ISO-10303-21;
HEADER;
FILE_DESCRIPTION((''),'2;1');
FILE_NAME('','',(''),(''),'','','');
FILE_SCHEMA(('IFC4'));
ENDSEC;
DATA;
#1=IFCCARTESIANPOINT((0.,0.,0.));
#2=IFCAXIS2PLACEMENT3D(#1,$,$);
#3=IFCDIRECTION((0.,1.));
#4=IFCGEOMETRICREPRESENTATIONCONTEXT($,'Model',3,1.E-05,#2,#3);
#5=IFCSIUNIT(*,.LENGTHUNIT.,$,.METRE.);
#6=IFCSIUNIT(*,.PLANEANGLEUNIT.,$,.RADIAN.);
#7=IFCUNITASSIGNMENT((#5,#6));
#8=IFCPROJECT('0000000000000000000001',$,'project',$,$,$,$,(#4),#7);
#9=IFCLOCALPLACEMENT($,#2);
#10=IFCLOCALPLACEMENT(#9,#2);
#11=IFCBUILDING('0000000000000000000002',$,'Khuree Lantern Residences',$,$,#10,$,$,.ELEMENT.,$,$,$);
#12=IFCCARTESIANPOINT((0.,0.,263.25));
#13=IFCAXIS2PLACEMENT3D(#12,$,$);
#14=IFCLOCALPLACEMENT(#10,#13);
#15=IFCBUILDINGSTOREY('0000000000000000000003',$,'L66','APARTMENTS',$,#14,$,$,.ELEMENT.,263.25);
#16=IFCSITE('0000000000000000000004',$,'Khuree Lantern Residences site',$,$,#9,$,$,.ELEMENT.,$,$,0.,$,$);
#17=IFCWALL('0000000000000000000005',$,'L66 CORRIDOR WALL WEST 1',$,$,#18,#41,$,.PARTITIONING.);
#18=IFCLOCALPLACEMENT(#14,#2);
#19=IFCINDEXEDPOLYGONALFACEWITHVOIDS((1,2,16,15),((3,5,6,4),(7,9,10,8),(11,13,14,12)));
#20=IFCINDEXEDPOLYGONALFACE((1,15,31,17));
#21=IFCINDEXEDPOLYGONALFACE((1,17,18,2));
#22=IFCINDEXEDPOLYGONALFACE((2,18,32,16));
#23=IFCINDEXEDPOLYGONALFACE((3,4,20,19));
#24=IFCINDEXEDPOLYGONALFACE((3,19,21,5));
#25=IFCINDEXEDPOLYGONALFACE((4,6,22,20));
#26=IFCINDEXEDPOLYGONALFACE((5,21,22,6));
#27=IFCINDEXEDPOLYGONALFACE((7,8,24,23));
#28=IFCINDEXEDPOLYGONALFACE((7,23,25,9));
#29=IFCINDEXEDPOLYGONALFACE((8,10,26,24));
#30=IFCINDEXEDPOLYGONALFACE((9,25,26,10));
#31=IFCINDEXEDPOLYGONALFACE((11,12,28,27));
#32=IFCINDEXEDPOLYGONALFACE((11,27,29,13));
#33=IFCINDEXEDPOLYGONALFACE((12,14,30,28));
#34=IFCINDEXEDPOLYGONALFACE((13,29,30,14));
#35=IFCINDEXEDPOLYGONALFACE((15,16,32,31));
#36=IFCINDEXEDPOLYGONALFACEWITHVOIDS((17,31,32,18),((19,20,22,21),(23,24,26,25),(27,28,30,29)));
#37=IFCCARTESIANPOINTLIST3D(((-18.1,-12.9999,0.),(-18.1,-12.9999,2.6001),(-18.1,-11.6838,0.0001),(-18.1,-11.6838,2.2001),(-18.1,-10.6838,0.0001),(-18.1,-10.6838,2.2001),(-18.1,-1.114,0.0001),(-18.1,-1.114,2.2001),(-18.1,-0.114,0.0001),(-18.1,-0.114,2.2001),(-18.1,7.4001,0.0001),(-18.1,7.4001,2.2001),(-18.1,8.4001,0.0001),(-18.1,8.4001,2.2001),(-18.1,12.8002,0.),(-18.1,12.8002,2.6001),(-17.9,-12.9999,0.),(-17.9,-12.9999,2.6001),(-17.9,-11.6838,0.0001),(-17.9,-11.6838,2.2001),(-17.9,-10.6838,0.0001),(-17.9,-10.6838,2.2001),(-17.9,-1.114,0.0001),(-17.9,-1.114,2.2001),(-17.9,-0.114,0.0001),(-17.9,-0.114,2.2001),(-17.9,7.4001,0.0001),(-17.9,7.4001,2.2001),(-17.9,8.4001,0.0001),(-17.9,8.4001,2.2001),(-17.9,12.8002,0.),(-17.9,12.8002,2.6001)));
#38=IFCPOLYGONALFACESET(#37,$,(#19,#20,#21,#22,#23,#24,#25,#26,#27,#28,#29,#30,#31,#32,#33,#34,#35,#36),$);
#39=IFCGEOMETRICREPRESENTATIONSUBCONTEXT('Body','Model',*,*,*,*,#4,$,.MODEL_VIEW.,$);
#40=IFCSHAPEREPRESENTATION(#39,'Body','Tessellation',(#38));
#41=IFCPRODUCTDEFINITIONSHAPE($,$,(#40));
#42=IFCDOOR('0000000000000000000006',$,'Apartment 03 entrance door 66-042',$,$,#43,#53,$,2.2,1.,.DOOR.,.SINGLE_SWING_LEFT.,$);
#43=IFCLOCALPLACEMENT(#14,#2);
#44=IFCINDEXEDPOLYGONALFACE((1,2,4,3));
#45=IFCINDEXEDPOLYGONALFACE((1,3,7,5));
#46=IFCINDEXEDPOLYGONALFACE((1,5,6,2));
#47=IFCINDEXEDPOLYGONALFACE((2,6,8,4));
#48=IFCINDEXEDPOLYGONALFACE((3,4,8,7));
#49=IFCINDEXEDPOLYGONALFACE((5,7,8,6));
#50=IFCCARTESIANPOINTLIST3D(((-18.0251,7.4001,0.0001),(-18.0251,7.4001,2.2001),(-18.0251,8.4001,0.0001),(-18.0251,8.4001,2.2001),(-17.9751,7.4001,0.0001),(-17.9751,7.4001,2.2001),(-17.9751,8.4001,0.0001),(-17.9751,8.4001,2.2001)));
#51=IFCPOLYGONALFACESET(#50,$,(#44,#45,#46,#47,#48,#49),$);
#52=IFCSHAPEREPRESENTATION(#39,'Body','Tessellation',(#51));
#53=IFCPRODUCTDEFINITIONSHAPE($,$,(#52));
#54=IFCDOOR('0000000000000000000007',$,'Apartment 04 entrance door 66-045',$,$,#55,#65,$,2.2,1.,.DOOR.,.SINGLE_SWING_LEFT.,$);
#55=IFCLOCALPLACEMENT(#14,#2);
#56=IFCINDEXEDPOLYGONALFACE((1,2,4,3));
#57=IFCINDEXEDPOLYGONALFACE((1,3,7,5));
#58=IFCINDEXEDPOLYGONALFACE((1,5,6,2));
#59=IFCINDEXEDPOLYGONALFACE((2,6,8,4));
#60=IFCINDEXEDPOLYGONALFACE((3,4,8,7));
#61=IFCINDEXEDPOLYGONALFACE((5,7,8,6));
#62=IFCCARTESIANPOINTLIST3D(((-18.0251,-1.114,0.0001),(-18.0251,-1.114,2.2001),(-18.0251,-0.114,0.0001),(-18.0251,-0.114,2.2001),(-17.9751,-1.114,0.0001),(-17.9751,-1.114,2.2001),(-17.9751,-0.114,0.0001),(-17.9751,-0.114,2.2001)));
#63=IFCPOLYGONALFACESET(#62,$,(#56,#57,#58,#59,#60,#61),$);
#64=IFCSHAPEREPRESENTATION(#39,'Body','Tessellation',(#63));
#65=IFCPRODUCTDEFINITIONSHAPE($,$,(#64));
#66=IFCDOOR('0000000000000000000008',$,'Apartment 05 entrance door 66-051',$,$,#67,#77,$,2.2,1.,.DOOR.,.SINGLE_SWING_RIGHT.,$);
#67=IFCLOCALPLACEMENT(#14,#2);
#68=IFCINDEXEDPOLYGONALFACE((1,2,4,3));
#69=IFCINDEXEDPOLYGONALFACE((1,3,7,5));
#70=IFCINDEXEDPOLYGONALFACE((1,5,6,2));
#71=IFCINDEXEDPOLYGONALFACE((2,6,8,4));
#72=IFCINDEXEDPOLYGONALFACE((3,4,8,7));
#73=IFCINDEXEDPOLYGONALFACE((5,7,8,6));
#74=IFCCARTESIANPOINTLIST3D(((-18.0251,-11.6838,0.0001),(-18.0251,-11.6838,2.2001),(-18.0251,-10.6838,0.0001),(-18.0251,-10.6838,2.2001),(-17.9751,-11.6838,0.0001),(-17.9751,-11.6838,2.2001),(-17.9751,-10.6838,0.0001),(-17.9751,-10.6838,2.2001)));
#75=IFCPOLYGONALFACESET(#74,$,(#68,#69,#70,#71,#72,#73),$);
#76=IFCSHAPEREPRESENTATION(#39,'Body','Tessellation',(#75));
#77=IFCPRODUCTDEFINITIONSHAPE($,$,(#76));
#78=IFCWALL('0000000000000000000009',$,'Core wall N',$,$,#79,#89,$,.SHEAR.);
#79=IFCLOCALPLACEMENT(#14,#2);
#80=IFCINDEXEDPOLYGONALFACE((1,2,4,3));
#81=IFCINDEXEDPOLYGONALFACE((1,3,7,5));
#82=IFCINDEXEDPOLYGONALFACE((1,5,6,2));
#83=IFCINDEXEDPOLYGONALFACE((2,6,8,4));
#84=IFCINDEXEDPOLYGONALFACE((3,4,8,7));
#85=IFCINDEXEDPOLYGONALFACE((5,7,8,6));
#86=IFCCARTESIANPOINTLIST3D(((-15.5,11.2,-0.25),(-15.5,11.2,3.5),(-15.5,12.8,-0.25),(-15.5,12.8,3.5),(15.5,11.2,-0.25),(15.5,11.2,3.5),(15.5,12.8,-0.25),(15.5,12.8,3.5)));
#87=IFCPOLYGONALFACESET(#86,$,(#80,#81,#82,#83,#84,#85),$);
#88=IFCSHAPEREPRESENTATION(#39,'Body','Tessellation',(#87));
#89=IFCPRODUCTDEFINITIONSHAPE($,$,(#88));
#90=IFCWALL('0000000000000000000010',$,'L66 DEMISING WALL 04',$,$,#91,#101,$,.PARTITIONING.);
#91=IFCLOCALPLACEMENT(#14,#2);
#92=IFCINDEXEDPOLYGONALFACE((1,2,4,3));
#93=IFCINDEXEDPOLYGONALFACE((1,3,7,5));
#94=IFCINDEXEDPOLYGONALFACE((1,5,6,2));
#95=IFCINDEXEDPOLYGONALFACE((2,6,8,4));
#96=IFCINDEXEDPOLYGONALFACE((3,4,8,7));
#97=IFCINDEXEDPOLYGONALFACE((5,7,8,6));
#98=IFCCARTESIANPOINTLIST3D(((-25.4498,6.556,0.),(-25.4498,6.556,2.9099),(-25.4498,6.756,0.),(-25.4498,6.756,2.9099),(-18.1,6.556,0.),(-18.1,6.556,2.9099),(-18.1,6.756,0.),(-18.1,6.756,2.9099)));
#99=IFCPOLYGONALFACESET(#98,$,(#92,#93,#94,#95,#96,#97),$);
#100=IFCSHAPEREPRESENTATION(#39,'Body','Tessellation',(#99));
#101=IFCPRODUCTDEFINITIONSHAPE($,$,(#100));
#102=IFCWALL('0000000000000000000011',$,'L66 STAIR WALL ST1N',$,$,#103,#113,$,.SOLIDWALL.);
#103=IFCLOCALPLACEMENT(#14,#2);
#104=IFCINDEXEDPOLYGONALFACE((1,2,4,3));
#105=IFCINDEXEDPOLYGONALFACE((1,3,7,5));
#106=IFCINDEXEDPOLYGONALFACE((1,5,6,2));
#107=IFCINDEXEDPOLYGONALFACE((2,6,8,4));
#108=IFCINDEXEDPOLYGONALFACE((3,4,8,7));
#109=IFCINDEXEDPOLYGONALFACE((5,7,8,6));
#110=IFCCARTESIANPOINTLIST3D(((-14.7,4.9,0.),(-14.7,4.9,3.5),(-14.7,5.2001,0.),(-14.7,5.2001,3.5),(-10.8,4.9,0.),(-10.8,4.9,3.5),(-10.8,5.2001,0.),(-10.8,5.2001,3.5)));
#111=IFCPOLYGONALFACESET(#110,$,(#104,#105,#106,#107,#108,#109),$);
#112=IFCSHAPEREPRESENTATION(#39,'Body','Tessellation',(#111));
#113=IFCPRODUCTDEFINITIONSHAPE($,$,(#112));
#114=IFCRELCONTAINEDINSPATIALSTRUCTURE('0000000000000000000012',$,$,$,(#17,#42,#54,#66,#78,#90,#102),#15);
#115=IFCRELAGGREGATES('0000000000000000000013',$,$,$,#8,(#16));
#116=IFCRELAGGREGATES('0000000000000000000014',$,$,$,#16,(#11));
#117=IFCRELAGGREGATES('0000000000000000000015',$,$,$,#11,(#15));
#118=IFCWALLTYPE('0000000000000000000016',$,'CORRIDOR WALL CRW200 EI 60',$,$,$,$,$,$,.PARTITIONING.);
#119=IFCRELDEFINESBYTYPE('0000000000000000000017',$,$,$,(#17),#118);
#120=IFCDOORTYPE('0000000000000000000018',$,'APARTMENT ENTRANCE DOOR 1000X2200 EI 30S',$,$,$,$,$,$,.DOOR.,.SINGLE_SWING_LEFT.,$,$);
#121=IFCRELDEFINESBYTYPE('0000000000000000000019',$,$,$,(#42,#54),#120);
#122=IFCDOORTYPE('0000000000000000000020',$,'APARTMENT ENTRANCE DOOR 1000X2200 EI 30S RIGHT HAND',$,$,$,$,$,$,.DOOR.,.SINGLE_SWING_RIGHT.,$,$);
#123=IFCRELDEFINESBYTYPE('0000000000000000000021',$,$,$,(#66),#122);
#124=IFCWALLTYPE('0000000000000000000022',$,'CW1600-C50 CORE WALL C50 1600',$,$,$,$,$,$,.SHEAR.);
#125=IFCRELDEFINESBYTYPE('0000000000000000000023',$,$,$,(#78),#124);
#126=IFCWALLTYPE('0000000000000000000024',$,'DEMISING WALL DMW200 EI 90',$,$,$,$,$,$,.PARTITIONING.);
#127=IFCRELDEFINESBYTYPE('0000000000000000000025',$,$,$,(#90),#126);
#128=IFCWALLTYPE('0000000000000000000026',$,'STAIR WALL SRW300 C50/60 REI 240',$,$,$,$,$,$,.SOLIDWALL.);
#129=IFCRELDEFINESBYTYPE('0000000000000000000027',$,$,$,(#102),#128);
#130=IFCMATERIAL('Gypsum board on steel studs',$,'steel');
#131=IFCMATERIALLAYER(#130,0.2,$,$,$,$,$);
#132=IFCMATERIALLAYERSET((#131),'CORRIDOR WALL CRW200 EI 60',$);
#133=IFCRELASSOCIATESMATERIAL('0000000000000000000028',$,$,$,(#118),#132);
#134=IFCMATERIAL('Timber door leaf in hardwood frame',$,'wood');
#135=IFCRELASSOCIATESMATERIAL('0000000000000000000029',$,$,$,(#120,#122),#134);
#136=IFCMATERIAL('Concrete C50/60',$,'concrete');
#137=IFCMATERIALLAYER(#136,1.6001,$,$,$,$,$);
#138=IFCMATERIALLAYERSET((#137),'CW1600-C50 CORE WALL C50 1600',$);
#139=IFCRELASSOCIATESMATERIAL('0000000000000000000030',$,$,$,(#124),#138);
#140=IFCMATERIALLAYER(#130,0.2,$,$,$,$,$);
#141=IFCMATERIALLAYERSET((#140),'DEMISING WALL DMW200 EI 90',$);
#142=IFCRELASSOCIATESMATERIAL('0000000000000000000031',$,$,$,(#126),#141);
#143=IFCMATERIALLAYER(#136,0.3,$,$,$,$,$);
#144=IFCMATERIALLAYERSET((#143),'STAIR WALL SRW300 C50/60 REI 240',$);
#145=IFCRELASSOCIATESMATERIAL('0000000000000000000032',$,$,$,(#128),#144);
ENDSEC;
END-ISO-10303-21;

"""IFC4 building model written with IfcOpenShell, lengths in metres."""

from ifc_helpers import new_model, si_unit, direction, frame, frame_2d, origin, place, context, subcontext, project, spatial, rectangle, extrude, material, layer, layer_set, type_object, element, fill, save


model = new_model("IFC4")

# Units and contexts
model_context = context("Model", 3, precision=1e-05, world=origin(), true_north=direction((0.0, 1.0)))
body_context = subcontext(model_context, "Body", "Model", "MODEL_VIEW")
ifc_project = project(units=[si_unit("LENGTHUNIT", "METRE"), si_unit("PLANEANGLEUNIT", "RADIAN")], contexts=[model_context])

# Site, building, storey
site_placement = place(None, origin())
site = spatial("IfcSite", under=ifc_project, at=site_placement, Name="Khuree Lantern Residences site", CompositionType="ELEMENT", RefElevation=0.0)
building_placement = place(site_placement, origin())
building = spatial("IfcBuilding", under=site, at=building_placement, Name="Khuree Lantern Residences", CompositionType="ELEMENT")
storey_placement = place(building_placement, frame((0.0, 0.0, 263.25)))
storey = spatial("IfcBuildingStorey", under=building, at=storey_placement, Name="L66", Description="APARTMENTS", CompositionType="ELEMENT", Elevation=263.25)

# Shared definitions
ifc_material_1 = material(Name="Concrete C50/60", Category="concrete")

# Shared definitions
ifc_material_2 = material(Name="Timber door leaf in hardwood frame", Category="wood")

# Shared definitions
ifc_material_3 = material(Name="Gypsum board on steel studs", Category="steel")
ifc_layer_1 = layer(ifc_material_3, 0.2)
ifc_layer_set_1 = layer_set([ifc_layer_1], Name="CORRIDOR WALL CRW200 EI 60")
wall_type_1 = type_object("IfcWallType", Name="CORRIDOR WALL CRW200 EI 60", PredefinedType="PARTITIONING", material=ifc_layer_set_1)

# Wall, openings, doors
wall_1_placement = place(storey_placement, frame((-18.0, 12.8, 0.0), z_axis=(0.0, 0.0, 1.0), x_axis=(0.0, -1.0, 0.0)))
wall_1 = element("IfcWall", 1, at=wall_1_placement, inside=storey, type_object=wall_type_1, Name="L66 CORRIDOR WALL WEST 1", PredefinedType="PARTITIONING", context=body_context, shape_type="SweptSolid", body=[
    extrude(rectangle(XDim=25.8, YDim=0.2, at=frame_2d((12.8999, 0.0))), origin(), (0.0, 0.0, 1.0), 2.6001),
])
opening_1_placement = place(wall_1_placement, frame((4.3999, 0.0, 0.0)))
opening_1 = element("IfcOpeningElement", 2, at=opening_1_placement, cuts=wall_1, PredefinedType="OPENING", context=body_context, shape_type="SweptSolid", body=[
    extrude(rectangle(XDim=1.0, YDim=2.2, at=frame_2d((0.5, 1.1001))), frame((0.0, 0.1099, 0.0), z_axis=(0.0, -1.0, 0.0), x_axis=(1.0, 0.0, 0.0)), (0.0, 0.0, 1.0), 0.22),
])
opening_2_placement = place(wall_1_placement, frame((12.9141, 0.0, 0.0)))
opening_2 = element("IfcOpeningElement", 3, at=opening_2_placement, cuts=wall_1, PredefinedType="OPENING", context=body_context, shape_type="SweptSolid", body=[
    extrude(rectangle(XDim=1.0, YDim=2.2, at=frame_2d((0.5, 1.1001))), frame((0.0, 0.1099, 0.0), z_axis=(0.0, -1.0, 0.0), x_axis=(1.0, 0.0, 0.0)), (0.0, 0.0, 1.0), 0.22),
])
opening_3_placement = place(wall_1_placement, frame((23.4839, 0.0, 0.0)))
opening_3 = element("IfcOpeningElement", 4, at=opening_3_placement, cuts=wall_1, PredefinedType="OPENING", context=body_context, shape_type="SweptSolid", body=[
    extrude(rectangle(XDim=1.0, YDim=2.2, at=frame_2d((0.5, 1.1001))), frame((0.0, 0.1099, 0.0), z_axis=(0.0, -1.0, 0.0), x_axis=(1.0, 0.0, 0.0)), (0.0, 0.0, 1.0), 0.22),
])
door_type_1 = type_object("IfcDoorType", Name="APARTMENT ENTRANCE DOOR 1000X2200 EI 30S", OperationType="SINGLE_SWING_LEFT", PredefinedType="DOOR", material=ifc_material_2)
door_1_placement = place(opening_1_placement, origin())
door_1 = element("IfcDoor", 5, at=door_1_placement, inside=storey, type_object=door_type_1, Name="Apartment 03 entrance door 66-042", OperationType="SINGLE_SWING_LEFT", OverallHeight=2.2, OverallWidth=1.0, PredefinedType="DOOR", context=body_context, shape_type="SweptSolid", body=[
    extrude(rectangle(XDim=1.0, YDim=2.2, at=frame_2d((0.5, 1.1001))), frame((0.0, 0.0249, 0.0), z_axis=(0.0, -1.0, 0.0), x_axis=(1.0, 0.0, 0.0)), (0.0, 0.0, 1.0), 0.05),
])
fill(opening_1, door_1)
door_2_placement = place(opening_2_placement, origin())
door_2 = element("IfcDoor", 6, at=door_2_placement, inside=storey, type_object=door_type_1, Name="Apartment 04 entrance door 66-045", OperationType="SINGLE_SWING_LEFT", OverallHeight=2.2, OverallWidth=1.0, PredefinedType="DOOR", context=body_context, shape_type="SweptSolid", body=[
    extrude(rectangle(XDim=1.0, YDim=2.2, at=frame_2d((0.5, 1.1001))), frame((0.0, 0.0249, 0.0), z_axis=(0.0, -1.0, 0.0), x_axis=(1.0, 0.0, 0.0)), (0.0, 0.0, 1.0), 0.05),
])
fill(opening_2, door_2)
door_type_2 = type_object("IfcDoorType", Name="APARTMENT ENTRANCE DOOR 1000X2200 EI 30S RIGHT HAND", OperationType="SINGLE_SWING_RIGHT", PredefinedType="DOOR", material=ifc_material_2)
door_3_placement = place(opening_3_placement, origin())
door_3 = element("IfcDoor", 7, at=door_3_placement, inside=storey, type_object=door_type_2, Name="Apartment 05 entrance door 66-051", OperationType="SINGLE_SWING_RIGHT", OverallHeight=2.2, OverallWidth=1.0, PredefinedType="DOOR", context=body_context, shape_type="SweptSolid", body=[
    extrude(rectangle(XDim=1.0, YDim=2.2, at=frame_2d((0.5, 1.1001))), frame((0.0, 0.0249, 0.0), z_axis=(0.0, -1.0, 0.0), x_axis=(1.0, 0.0, 0.0)), (0.0, 0.0, 1.0), 0.05),
])
fill(opening_3, door_3)

# Walls
ifc_layer_2 = layer(ifc_material_1, 1.6001)
ifc_layer_set_2 = layer_set([ifc_layer_2], Name="CW1600-C50 CORE WALL C50 1600")
wall_type_2 = type_object("IfcWallType", Name="CW1600-C50 CORE WALL C50 1600", PredefinedType="SHEAR", material=ifc_layer_set_2)
wall_2_placement = place(storey_placement, frame((-15.5, 12.0, -0.25), z_axis=(0.0, 0.0, 1.0), x_axis=(1.0, 0.0, 0.0)))
element("IfcWall", 8, at=wall_2_placement, inside=storey, type_object=wall_type_2, Name="Core wall N", PredefinedType="SHEAR", context=body_context, shape_type="SweptSolid", body=[
    extrude(rectangle(XDim=31.0, YDim=1.6001, at=frame_2d((15.5, 0.0))), origin(), (0.0, 0.0, 1.0), 3.75),
])
ifc_layer_3 = layer(ifc_material_3, 0.2)
ifc_layer_set_3 = layer_set([ifc_layer_3], Name="DEMISING WALL DMW200 EI 90")
wall_type_3 = type_object("IfcWallType", Name="DEMISING WALL DMW200 EI 90", PredefinedType="PARTITIONING", material=ifc_layer_set_3)
wall_3_placement = place(storey_placement, frame((-18.1001, 6.656, 0.0), z_axis=(0.0, 0.0, 1.0), x_axis=(-1.0, 0.0, 0.0)))
element("IfcWall", 9, at=wall_3_placement, inside=storey, type_object=wall_type_3, Name="L66 DEMISING WALL 04", PredefinedType="PARTITIONING", context=body_context, shape_type="SweptSolid", body=[
    extrude(rectangle(XDim=7.3499, YDim=0.2, at=frame_2d((3.6748, 0.0))), origin(), (0.0, 0.0, 1.0), 2.9099),
])
ifc_layer_4 = layer(ifc_material_1, 0.3)
ifc_layer_set_4 = layer_set([ifc_layer_4], Name="STAIR WALL SRW300 C50/60 REI 240")
wall_type_4 = type_object("IfcWallType", Name="STAIR WALL SRW300 C50/60 REI 240", PredefinedType="SOLIDWALL", material=ifc_layer_set_4)
wall_4_placement = place(storey_placement, frame((-14.7, 5.05, 0.0), z_axis=(0.0, 0.0, 1.0), x_axis=(1.0, 0.0, 0.0)))
element("IfcWall", 10, at=wall_4_placement, inside=storey, type_object=wall_type_4, Name="L66 STAIR WALL ST1N", PredefinedType="SOLIDWALL", context=body_context, shape_type="SweptSolid", body=[
    extrude(rectangle(XDim=3.8999, YDim=0.3, at=frame_2d((1.95, 0.0))), origin(), (0.0, 0.0, 1.0), 3.5),
])

save(model, "model.ifc")
